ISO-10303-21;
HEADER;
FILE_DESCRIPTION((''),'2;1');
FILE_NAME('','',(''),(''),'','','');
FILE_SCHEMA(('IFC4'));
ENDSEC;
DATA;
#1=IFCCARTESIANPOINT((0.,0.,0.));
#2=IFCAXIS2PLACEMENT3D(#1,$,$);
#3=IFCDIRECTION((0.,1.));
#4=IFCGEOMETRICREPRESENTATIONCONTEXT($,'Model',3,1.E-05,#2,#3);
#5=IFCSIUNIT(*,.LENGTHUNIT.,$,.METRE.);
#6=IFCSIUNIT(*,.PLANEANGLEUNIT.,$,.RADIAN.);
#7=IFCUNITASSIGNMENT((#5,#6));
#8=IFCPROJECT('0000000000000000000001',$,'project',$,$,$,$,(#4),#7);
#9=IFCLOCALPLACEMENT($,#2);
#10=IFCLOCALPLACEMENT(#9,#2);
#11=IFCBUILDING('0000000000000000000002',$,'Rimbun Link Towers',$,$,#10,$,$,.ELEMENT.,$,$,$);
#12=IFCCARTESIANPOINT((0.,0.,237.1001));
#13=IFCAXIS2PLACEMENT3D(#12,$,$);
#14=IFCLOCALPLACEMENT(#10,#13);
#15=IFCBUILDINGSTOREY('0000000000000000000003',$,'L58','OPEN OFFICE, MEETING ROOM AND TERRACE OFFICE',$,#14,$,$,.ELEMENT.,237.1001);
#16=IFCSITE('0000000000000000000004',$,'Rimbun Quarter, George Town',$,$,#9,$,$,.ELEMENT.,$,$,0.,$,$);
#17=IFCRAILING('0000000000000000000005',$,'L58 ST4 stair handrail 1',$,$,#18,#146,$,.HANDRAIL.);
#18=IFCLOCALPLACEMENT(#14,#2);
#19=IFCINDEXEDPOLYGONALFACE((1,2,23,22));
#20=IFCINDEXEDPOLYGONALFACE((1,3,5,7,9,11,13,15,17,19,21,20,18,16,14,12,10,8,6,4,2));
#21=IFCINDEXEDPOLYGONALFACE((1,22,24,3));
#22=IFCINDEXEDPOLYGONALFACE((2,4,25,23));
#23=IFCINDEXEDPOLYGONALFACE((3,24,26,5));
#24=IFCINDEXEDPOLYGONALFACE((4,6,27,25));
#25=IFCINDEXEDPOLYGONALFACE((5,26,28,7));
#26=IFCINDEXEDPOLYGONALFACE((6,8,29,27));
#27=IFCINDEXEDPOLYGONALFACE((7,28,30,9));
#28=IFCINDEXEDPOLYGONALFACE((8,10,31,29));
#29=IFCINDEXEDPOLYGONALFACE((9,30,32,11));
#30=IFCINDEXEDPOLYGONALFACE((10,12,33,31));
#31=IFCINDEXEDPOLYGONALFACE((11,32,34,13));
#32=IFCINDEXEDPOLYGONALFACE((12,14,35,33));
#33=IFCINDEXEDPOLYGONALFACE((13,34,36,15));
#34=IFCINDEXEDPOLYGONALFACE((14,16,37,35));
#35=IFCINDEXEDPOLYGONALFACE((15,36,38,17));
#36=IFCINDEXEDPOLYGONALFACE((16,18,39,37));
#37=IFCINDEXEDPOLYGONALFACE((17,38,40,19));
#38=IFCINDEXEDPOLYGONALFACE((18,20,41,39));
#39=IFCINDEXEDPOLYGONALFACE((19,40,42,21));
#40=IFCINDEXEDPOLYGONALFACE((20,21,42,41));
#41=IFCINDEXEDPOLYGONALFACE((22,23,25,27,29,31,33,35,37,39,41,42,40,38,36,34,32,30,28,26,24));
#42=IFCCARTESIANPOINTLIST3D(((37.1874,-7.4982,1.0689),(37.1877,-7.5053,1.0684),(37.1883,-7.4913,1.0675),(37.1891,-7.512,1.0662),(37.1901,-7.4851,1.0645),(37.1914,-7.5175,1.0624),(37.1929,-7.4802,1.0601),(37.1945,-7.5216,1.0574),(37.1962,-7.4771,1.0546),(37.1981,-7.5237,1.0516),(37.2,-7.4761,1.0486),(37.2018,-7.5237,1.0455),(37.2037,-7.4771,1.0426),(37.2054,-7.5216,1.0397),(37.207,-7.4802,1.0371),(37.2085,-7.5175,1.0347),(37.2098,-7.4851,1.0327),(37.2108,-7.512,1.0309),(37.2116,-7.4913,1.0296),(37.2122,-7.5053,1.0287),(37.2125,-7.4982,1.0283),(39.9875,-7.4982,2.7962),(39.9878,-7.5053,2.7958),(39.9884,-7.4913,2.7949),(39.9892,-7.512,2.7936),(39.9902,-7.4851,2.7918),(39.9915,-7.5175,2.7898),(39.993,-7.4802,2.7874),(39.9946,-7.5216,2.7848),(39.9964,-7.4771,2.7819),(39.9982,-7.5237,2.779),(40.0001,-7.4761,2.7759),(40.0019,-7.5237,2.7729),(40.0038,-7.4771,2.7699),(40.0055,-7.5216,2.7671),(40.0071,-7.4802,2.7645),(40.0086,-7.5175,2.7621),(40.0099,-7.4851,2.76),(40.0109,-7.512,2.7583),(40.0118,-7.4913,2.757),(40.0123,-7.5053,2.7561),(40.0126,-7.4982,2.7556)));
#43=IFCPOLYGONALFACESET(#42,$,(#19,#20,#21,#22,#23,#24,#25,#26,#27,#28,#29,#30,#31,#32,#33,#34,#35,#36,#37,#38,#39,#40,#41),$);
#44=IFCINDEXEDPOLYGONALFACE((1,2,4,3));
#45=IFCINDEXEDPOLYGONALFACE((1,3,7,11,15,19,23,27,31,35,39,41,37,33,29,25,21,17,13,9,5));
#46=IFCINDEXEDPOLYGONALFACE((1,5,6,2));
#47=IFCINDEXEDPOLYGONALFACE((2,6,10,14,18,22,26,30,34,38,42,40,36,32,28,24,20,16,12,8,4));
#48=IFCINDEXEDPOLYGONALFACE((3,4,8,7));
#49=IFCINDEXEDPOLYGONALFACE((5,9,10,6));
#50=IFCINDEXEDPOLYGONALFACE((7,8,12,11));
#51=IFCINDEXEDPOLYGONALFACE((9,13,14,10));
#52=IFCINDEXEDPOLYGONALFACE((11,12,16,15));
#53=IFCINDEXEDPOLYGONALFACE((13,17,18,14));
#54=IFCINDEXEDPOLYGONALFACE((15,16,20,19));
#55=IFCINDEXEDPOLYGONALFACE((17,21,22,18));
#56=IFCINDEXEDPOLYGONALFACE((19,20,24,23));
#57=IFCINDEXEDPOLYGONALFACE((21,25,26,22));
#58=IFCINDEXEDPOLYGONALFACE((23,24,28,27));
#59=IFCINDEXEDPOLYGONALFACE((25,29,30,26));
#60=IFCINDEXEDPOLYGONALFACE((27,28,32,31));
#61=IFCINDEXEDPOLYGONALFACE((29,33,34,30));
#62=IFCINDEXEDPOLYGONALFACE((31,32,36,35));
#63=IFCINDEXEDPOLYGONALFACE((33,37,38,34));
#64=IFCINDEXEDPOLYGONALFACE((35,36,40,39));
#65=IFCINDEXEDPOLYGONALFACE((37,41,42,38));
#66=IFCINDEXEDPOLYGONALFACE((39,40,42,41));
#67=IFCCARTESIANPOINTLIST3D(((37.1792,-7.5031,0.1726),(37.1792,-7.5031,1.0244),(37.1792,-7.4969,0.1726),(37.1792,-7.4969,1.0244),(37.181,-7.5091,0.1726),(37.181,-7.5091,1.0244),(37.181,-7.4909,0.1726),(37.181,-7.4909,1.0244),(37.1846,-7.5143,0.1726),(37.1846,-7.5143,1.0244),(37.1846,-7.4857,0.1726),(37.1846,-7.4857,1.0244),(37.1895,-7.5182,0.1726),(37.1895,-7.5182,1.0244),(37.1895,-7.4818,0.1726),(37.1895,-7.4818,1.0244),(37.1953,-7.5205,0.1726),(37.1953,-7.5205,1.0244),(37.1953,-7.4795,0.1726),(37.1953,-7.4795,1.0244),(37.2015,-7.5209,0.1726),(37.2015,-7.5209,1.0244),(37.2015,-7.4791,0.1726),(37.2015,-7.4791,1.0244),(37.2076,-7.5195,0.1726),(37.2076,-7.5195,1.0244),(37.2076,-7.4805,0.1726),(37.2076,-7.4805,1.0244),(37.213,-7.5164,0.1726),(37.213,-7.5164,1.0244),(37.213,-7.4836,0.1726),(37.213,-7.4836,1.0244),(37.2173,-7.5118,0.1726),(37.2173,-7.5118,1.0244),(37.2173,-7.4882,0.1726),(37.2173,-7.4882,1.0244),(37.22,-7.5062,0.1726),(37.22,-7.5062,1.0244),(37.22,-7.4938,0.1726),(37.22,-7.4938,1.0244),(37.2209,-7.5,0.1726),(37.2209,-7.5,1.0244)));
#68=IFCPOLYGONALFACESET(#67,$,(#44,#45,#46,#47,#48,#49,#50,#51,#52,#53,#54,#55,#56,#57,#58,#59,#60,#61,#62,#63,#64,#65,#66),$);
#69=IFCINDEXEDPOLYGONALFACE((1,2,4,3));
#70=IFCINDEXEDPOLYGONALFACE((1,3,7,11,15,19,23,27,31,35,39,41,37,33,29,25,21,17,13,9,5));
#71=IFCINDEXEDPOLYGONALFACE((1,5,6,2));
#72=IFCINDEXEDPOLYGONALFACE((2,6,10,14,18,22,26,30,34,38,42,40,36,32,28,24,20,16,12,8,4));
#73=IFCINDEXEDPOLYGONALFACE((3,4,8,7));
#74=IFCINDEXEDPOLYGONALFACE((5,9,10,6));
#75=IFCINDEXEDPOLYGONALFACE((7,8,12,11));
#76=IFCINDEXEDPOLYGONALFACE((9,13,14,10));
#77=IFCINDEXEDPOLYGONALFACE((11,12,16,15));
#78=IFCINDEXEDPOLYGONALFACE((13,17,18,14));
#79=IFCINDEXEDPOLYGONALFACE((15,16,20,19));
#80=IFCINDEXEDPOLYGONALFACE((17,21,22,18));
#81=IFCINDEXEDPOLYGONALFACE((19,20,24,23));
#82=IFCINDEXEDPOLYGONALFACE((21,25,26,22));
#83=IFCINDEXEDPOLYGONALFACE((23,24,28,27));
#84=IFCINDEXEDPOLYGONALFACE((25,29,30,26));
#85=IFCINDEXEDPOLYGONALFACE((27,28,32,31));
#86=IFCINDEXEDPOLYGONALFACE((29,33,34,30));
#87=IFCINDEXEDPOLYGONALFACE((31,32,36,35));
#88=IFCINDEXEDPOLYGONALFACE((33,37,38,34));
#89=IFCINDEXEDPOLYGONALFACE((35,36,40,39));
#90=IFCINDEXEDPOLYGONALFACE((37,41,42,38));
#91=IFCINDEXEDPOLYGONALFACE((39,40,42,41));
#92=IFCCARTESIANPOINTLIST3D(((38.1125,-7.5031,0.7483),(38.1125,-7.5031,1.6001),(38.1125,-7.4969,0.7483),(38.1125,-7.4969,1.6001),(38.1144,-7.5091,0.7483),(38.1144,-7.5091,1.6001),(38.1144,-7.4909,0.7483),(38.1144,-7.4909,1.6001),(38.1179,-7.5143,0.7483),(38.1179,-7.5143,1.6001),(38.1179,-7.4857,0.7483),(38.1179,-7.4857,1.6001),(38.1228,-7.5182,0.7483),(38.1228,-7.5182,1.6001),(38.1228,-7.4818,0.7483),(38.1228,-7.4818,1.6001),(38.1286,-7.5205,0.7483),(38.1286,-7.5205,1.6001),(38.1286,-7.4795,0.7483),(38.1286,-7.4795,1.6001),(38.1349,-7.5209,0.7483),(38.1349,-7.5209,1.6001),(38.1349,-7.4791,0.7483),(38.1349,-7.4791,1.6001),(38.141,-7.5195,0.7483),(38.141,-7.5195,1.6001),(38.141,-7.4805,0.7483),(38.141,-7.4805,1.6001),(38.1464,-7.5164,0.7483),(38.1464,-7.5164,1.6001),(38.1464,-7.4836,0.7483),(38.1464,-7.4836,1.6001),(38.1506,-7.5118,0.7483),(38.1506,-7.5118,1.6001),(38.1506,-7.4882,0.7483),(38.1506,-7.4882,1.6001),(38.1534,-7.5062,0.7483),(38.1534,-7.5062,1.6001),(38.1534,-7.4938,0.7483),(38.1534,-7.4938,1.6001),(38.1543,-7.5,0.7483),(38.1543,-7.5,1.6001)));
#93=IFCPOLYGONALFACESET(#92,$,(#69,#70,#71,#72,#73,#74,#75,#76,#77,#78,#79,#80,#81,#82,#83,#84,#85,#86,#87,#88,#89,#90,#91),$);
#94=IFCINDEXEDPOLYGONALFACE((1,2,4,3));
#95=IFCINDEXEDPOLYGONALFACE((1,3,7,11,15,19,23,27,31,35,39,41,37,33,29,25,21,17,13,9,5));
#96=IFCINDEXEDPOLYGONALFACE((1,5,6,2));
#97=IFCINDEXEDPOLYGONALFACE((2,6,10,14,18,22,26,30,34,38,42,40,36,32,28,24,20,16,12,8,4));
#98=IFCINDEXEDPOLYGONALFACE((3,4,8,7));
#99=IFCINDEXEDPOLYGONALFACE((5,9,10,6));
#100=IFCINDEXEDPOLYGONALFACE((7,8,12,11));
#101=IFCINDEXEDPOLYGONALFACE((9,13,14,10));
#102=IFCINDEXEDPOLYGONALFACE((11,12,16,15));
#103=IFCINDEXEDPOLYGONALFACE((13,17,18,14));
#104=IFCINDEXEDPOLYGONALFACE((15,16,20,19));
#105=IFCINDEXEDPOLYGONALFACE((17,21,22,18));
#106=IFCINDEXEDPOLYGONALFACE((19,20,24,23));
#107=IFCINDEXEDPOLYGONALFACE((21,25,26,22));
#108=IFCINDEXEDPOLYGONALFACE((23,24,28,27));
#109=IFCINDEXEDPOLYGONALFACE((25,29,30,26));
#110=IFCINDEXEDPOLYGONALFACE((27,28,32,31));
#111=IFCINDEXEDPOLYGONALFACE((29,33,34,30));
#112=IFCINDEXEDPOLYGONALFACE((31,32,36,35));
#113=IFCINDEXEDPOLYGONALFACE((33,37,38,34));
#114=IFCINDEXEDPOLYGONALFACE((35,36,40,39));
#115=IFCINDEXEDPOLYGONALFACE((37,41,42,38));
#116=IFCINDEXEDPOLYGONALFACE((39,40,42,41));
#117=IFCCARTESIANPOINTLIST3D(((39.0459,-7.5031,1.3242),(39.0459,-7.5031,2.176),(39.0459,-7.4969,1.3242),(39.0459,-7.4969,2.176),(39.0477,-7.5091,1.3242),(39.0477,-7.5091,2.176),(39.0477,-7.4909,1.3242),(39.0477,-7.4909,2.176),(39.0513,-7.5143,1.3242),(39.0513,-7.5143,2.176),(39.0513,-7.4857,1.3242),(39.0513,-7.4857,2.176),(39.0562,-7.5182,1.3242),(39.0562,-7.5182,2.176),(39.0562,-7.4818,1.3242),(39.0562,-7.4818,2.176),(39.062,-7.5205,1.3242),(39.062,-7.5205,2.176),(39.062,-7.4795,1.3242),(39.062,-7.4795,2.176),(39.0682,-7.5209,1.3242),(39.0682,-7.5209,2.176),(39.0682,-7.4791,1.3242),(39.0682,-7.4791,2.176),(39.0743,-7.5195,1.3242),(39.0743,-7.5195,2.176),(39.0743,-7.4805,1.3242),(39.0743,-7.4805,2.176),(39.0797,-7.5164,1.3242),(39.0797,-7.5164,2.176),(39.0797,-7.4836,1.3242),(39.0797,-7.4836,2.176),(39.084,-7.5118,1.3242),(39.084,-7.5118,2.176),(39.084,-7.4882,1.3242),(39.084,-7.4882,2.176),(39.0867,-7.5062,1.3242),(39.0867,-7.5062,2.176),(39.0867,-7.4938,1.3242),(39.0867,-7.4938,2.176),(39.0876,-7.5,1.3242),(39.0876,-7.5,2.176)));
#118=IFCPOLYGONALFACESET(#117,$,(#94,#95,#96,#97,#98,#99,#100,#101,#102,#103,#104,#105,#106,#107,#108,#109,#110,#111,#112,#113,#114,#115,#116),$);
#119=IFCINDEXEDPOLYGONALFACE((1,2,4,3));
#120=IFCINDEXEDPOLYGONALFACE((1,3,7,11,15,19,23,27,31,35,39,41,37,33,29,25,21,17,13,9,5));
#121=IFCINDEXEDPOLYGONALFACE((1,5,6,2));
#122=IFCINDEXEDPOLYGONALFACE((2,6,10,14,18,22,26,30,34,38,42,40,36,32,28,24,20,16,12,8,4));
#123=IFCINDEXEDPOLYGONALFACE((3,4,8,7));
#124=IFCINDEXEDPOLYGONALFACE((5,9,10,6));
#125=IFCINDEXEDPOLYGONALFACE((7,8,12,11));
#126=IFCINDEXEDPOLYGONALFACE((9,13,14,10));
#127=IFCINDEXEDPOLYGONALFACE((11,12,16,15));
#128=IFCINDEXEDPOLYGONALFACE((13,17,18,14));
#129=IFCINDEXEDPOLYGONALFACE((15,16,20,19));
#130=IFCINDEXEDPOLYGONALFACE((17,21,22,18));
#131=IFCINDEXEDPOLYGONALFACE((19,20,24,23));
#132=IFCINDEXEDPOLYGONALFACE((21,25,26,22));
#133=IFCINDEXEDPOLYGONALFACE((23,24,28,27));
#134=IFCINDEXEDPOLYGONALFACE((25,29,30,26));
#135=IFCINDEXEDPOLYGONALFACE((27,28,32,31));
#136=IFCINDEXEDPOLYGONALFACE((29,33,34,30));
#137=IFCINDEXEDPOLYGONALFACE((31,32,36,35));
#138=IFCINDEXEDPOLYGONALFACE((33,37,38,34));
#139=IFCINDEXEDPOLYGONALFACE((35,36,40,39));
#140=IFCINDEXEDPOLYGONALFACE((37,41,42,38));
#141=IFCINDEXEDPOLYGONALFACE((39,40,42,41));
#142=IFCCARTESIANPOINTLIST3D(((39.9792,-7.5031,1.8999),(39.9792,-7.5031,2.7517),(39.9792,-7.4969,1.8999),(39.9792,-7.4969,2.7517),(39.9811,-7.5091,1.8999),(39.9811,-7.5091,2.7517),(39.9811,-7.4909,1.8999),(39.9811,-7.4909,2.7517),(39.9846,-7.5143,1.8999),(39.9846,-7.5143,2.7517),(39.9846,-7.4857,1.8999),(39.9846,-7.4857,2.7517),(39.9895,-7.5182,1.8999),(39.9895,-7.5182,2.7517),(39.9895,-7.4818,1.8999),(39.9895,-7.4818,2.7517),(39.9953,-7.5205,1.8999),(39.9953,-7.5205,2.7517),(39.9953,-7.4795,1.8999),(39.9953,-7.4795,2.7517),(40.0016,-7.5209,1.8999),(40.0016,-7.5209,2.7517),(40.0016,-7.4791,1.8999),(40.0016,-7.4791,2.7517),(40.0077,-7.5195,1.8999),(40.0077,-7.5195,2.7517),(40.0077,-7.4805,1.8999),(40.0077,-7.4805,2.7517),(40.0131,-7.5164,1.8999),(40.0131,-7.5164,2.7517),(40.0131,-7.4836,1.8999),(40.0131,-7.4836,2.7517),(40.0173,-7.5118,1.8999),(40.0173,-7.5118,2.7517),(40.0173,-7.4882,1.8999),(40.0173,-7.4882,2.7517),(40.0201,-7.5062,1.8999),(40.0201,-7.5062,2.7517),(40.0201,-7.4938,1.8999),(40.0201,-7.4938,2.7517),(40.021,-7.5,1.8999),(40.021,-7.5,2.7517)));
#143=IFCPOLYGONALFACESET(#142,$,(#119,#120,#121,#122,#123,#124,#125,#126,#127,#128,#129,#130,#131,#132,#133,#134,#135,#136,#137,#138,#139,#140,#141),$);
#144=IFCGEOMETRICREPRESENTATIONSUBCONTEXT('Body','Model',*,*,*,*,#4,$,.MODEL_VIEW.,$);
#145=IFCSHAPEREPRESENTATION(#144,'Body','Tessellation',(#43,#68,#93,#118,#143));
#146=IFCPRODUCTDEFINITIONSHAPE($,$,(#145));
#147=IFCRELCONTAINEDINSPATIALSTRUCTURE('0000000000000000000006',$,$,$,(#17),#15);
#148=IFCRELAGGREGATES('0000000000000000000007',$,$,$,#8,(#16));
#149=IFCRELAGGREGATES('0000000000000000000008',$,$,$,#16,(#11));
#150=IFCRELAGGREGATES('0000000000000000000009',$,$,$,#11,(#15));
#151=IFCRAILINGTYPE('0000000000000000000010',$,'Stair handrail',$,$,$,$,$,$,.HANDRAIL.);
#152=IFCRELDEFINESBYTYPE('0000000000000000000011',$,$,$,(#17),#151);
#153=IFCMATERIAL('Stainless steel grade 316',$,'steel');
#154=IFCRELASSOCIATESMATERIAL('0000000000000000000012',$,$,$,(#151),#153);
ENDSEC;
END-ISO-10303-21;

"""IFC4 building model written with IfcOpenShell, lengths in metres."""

from ifc_helpers import new_model, si_unit, direction, frame, origin, origin_2d, place, context, subcontext, project, spatial, circle, extrude, material, type_object, element, save


model = new_model("IFC4")

# Units and contexts
model_context = context("Model", 3, precision=1e-05, world=origin(), true_north=direction((0.0, 1.0)))
body_context = subcontext(model_context, "Body", "Model", "MODEL_VIEW")
ifc_project = project(units=[si_unit("LENGTHUNIT", "METRE"), si_unit("PLANEANGLEUNIT", "RADIAN")], contexts=[model_context])

# Site, building, storey
site_placement = place(None, origin())
site = spatial("IfcSite", under=ifc_project, at=site_placement, Name="Rimbun Quarter, George Town", CompositionType="ELEMENT", RefElevation=0.0)
building_placement = place(site_placement, origin())
building = spatial("IfcBuilding", under=site, at=building_placement, Name="Rimbun Link Towers", CompositionType="ELEMENT")
storey_placement = place(building_placement, frame((0.0, 0.0, 237.1001)))
storey = spatial("IfcBuildingStorey", under=building, at=storey_placement, Name="L58", Description="OPEN OFFICE, MEETING ROOM AND TERRACE OFFICE", CompositionType="ELEMENT", Elevation=237.1001)

# Railing
ifc_material_1 = material(Name="Stainless steel grade 316", Category="steel")
railing_type_1 = type_object("IfcRailingType", Name="Stair handrail", PredefinedType="HANDRAIL", material=ifc_material_1)
railing_1_placement = place(storey_placement, frame((37.2, -7.5, 0.1726)))
element("IfcRailing", 1, at=railing_1_placement, inside=storey, type_object=railing_type_1, Name="L58 ST4 stair handrail 1", PredefinedType="HANDRAIL", context=body_context, shape_type="SweptSolid", body=[
    extrude(circle(Radius=0.0239, at=origin_2d()), frame((0.0, 0.0, 0.876), z_axis=(0.85109, 0.0, 0.52502), x_axis=(0.0, 1.0, 0.0)), (0.0, 0.0, 1.0), 3.29),
    extrude(circle(Radius=0.021, at=origin_2d()), origin(), (0.0, 0.0, 1.0), 0.8518),
    extrude(circle(Radius=0.021, at=origin_2d()), frame((0.9333, 0.0, 0.5757)), (0.0, 0.0, 1.0), 0.8518),
    extrude(circle(Radius=0.021, at=origin_2d()), frame((1.8667, 0.0, 1.1516)), (0.0, 0.0, 1.0), 0.8518),
    extrude(circle(Radius=0.021, at=origin_2d()), frame((2.8, 0.0, 1.7273)), (0.0, 0.0, 1.0), 0.8518),
])

save(model, "model.ifc")
